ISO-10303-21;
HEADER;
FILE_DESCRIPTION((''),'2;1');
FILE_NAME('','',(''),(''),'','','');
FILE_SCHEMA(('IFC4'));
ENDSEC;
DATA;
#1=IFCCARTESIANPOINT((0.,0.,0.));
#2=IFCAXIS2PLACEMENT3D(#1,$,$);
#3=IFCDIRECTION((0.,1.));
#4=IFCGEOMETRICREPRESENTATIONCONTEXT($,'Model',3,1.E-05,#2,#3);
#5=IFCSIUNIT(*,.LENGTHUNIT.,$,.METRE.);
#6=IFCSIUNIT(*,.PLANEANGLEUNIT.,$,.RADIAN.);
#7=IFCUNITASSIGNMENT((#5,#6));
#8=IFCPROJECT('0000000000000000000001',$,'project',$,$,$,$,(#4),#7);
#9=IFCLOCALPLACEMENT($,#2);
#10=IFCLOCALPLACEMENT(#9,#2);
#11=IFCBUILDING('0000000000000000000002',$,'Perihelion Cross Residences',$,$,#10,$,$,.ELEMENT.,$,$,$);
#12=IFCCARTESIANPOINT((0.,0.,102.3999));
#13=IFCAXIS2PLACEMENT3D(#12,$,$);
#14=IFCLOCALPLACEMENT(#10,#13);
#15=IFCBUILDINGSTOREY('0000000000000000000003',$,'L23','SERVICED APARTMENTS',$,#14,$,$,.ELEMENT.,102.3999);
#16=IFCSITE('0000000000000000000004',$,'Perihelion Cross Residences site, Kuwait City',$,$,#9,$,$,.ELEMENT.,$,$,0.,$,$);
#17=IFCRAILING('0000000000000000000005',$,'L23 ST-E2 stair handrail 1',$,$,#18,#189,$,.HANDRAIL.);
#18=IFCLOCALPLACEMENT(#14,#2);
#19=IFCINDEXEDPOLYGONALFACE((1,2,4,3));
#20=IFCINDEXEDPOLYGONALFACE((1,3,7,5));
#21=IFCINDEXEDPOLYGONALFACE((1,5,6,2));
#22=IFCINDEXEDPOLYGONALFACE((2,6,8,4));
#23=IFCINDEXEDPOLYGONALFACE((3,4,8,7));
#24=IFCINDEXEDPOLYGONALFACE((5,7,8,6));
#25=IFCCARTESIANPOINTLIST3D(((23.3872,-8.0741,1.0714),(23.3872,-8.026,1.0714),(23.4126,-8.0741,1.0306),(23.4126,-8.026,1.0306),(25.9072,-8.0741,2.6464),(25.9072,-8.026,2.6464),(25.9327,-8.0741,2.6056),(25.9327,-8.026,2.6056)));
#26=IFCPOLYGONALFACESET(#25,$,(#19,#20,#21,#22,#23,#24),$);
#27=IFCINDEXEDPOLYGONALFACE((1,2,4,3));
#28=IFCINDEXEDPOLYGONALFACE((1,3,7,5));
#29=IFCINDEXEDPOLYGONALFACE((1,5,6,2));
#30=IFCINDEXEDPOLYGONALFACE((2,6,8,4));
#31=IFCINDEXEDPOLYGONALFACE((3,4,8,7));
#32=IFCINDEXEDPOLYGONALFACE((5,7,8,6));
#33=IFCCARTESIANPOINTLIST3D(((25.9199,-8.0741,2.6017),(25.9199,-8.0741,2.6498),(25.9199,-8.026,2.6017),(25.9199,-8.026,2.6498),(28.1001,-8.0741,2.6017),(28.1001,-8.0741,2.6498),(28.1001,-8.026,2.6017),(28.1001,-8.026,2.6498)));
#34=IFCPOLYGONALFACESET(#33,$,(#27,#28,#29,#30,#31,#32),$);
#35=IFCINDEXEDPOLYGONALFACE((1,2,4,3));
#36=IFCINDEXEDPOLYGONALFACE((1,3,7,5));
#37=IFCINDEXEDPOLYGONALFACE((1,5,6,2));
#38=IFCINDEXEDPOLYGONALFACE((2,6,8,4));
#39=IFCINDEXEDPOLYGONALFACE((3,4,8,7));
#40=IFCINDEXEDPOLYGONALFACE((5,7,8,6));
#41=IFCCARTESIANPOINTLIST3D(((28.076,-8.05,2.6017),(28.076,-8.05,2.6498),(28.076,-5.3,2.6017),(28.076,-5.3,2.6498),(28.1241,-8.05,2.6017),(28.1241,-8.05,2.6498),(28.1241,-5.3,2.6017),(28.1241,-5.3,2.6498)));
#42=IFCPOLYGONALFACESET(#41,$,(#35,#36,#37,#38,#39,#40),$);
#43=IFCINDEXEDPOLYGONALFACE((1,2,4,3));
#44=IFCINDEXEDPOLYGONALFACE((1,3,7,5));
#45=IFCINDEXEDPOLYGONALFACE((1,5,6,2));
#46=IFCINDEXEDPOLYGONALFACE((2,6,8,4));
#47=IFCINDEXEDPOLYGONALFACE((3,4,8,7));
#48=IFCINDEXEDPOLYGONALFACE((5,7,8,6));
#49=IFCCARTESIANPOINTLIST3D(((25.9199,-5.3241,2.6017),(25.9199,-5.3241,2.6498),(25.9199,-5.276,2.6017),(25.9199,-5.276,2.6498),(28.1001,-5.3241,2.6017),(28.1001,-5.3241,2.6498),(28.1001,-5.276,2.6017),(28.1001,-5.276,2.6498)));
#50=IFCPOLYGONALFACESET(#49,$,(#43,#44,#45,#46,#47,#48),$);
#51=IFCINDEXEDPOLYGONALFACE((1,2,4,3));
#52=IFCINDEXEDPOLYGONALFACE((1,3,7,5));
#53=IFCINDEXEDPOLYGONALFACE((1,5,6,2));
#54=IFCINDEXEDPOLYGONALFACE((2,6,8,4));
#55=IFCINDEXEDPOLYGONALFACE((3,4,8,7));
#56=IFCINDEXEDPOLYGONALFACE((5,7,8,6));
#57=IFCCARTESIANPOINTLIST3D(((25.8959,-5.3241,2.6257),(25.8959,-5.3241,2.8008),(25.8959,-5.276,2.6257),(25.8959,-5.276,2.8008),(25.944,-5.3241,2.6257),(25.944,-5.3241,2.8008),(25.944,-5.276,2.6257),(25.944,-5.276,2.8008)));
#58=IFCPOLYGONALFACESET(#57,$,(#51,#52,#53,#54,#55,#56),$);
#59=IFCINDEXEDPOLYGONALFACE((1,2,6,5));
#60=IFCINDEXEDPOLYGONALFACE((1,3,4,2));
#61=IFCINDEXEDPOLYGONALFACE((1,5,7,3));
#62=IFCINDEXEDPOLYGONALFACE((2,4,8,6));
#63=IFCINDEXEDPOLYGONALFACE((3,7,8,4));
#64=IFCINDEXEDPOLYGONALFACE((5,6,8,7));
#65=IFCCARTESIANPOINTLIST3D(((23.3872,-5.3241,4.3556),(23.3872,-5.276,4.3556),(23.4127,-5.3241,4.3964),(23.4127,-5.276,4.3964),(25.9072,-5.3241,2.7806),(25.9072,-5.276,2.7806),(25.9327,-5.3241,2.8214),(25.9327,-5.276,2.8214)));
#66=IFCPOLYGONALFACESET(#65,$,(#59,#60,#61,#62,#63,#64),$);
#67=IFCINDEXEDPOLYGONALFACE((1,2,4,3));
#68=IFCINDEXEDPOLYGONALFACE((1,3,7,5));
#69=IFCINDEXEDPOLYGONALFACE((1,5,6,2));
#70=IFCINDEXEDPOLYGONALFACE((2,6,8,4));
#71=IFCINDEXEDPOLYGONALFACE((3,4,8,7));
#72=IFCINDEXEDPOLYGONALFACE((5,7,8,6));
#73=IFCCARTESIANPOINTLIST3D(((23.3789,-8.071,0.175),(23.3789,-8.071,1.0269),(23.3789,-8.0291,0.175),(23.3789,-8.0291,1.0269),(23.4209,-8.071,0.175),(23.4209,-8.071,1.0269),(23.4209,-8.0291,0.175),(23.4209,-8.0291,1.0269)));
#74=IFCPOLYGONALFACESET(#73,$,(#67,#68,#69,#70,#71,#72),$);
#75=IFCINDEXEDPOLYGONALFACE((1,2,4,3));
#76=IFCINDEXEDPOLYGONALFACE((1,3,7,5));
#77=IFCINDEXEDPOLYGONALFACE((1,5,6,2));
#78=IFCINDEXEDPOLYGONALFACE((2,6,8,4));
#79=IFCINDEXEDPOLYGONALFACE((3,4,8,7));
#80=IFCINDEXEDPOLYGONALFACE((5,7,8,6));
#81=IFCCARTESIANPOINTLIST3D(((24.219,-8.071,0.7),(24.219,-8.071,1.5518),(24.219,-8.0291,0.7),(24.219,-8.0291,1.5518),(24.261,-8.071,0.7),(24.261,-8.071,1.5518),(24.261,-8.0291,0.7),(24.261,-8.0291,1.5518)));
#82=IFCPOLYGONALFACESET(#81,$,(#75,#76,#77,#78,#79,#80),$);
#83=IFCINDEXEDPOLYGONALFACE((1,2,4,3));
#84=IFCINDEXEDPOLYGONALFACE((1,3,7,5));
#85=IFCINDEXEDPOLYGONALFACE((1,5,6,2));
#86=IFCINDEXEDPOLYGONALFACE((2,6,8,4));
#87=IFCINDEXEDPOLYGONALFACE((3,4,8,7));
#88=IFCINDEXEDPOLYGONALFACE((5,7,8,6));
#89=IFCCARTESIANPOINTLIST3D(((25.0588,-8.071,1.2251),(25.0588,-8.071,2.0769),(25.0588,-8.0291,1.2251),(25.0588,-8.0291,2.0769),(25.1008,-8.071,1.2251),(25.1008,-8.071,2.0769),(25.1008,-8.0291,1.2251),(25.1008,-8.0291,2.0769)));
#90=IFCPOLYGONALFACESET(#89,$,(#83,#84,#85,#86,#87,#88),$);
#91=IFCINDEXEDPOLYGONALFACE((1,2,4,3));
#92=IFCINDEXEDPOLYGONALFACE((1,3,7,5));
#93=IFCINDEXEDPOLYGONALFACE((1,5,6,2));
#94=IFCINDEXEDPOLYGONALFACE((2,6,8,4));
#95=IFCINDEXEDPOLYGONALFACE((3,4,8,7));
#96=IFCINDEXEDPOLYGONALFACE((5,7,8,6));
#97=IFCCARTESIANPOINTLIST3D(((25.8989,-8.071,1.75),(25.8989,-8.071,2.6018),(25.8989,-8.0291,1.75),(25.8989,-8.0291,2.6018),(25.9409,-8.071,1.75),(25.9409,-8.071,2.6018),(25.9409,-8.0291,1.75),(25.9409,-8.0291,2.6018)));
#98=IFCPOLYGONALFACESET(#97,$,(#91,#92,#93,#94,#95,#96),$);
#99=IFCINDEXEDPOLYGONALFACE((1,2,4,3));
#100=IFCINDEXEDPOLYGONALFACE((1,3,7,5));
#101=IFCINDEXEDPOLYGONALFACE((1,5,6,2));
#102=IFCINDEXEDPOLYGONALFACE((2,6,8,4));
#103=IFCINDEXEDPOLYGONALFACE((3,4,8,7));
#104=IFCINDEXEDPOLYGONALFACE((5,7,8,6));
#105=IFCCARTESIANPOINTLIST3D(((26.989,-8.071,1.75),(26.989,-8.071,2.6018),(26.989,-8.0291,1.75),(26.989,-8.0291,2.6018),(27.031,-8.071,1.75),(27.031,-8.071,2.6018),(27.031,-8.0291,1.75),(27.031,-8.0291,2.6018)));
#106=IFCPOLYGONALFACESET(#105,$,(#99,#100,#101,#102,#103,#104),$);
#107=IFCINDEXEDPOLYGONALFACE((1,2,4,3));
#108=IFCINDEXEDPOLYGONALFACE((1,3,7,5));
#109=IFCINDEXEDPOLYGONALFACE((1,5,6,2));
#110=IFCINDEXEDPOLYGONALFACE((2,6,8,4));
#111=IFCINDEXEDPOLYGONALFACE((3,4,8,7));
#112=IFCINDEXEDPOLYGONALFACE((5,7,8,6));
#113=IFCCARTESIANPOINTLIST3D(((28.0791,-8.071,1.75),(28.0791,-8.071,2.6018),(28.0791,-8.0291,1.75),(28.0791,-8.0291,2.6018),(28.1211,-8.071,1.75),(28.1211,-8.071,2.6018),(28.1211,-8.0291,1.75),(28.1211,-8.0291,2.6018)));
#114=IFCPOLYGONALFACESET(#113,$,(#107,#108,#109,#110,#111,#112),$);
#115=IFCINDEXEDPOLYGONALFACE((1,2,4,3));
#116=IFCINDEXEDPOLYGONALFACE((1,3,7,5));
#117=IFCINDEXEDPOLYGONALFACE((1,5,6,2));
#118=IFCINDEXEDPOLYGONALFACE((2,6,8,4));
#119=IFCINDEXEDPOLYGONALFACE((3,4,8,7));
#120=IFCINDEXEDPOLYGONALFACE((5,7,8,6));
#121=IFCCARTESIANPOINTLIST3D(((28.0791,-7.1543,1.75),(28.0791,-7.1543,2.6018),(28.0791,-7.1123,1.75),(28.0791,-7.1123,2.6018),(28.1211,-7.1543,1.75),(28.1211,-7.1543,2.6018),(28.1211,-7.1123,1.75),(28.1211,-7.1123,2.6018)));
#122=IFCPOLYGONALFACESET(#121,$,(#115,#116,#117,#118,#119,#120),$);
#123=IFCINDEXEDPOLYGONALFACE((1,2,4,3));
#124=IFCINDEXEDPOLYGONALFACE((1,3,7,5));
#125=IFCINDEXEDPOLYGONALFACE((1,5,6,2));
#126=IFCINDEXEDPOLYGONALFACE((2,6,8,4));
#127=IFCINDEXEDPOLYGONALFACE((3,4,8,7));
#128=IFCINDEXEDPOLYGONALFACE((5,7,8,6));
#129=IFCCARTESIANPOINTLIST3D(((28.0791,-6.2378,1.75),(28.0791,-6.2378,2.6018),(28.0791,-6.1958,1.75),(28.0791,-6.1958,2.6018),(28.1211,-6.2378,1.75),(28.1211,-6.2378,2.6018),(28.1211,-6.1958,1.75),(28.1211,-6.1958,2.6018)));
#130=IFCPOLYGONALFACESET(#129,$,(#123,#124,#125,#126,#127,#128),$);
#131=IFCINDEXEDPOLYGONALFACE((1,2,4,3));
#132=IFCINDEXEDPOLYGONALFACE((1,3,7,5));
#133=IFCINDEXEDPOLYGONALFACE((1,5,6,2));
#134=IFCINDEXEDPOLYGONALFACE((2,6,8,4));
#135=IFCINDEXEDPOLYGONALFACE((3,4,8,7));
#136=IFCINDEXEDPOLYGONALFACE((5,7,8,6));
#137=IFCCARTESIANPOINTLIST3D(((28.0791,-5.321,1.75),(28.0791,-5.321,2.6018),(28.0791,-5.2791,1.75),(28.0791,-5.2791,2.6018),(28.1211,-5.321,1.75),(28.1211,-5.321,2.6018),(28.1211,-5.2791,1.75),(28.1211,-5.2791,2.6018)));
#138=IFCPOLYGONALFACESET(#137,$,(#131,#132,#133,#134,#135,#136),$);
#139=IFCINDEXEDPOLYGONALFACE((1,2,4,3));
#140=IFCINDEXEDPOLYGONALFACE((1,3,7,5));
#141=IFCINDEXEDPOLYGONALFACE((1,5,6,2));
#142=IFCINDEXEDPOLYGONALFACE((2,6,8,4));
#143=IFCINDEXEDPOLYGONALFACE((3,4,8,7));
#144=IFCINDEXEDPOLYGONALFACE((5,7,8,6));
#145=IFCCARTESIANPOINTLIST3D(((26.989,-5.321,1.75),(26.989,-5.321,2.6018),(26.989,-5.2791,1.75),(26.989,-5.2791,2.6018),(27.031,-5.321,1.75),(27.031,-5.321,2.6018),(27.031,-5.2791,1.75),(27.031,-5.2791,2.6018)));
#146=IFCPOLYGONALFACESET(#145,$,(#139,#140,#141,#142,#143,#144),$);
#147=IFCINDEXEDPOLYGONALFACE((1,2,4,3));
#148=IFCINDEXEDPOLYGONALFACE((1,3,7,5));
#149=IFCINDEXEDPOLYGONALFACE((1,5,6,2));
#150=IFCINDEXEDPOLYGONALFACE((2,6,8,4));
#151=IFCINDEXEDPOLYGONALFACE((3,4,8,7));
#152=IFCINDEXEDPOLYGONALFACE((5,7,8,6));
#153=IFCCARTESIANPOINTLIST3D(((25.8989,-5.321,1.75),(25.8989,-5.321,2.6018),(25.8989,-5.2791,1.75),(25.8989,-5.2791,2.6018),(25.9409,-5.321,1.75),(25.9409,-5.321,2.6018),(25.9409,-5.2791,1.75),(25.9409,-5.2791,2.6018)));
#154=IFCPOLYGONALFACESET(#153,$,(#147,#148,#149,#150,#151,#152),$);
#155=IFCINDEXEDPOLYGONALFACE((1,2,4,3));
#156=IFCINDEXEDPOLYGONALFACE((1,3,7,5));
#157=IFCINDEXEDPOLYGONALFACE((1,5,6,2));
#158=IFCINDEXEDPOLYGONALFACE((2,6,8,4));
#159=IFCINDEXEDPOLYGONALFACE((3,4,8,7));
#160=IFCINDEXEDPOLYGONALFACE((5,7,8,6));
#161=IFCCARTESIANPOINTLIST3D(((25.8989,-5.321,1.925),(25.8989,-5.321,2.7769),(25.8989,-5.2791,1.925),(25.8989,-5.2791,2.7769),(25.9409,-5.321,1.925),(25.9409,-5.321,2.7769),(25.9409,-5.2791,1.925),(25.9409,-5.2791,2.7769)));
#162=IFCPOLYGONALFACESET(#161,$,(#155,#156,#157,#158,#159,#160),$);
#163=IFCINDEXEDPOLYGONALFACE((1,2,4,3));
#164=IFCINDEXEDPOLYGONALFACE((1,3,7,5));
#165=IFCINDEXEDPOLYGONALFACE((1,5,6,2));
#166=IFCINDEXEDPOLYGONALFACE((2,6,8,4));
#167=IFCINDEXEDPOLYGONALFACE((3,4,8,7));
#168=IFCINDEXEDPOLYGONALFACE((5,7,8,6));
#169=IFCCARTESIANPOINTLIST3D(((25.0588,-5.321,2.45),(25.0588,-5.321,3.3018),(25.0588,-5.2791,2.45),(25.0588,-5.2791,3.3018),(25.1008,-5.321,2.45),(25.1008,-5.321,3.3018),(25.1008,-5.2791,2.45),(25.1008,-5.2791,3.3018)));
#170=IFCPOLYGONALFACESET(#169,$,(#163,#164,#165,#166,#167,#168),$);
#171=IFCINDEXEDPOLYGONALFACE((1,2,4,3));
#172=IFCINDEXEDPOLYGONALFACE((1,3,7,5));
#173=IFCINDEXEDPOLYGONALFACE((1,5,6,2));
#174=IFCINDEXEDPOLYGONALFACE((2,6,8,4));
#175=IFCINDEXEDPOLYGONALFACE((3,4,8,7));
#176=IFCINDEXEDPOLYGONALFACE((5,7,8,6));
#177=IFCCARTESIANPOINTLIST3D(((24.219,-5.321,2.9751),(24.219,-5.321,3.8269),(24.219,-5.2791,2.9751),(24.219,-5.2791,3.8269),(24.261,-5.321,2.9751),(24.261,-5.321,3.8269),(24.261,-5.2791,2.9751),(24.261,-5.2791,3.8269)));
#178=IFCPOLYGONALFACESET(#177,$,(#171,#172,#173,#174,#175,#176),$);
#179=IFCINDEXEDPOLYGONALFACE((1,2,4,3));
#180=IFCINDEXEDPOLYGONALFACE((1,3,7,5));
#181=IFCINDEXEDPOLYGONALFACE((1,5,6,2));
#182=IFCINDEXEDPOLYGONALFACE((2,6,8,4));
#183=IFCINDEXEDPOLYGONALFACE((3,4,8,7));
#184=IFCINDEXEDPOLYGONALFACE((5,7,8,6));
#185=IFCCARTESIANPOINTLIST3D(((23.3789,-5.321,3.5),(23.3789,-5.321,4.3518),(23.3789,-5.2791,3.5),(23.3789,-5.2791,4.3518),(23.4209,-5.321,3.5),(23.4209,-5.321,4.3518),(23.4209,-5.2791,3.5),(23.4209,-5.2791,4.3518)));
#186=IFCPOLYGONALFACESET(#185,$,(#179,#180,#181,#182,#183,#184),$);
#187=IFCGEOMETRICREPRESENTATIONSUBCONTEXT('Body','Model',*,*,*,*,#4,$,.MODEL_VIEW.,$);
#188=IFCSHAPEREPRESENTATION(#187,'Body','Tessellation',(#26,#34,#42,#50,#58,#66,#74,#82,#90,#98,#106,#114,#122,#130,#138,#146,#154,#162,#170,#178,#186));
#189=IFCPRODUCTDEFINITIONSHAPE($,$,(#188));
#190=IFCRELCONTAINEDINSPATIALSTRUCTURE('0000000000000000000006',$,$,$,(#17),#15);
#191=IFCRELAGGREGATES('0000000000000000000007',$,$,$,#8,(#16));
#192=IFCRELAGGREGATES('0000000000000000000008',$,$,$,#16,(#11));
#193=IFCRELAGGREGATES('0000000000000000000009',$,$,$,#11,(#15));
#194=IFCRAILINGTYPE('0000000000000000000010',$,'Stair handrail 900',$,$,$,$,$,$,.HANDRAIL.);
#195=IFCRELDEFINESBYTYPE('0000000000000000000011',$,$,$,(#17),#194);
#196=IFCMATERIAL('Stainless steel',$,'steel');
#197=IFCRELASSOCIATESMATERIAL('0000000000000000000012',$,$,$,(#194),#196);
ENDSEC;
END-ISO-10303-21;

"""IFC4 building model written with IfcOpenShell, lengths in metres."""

from ifc_helpers import new_model, si_unit, direction, frame, origin, origin_2d, place, context, subcontext, project, spatial, rectangle, extrude, material, type_object, element, save


model = new_model("IFC4")

# Units and contexts
model_context = context("Model", 3, precision=1e-05, world=origin(), true_north=direction((0.0, 1.0)))
body_context = subcontext(model_context, "Body", "Model", "MODEL_VIEW")
ifc_project = project(units=[si_unit("LENGTHUNIT", "METRE"), si_unit("PLANEANGLEUNIT", "RADIAN")], contexts=[model_context])

# Site, building, storey
site_placement = place(None, origin())
site = spatial("IfcSite", under=ifc_project, at=site_placement, Name="Perihelion Cross Residences site, Kuwait City", CompositionType="ELEMENT", RefElevation=0.0)
building_placement = place(site_placement, origin())
building = spatial("IfcBuilding", under=site, at=building_placement, Name="Perihelion Cross Residences", CompositionType="ELEMENT")
storey_placement = place(building_placement, frame((0.0, 0.0, 102.3999)))
storey = spatial("IfcBuildingStorey", under=building, at=storey_placement, Name="L23", Description="SERVICED APARTMENTS", CompositionType="ELEMENT", Elevation=102.3999)

# Railing
ifc_material_1 = material(Name="Stainless steel", Category="steel")
railing_type_1 = type_object("IfcRailingType", Name="Stair handrail 900", PredefinedType="HANDRAIL", material=ifc_material_1)
railing_1_placement = place(storey_placement, frame((23.3999, -8.05, 0.175)))
element("IfcRailing", 1, at=railing_1_placement, inside=storey, type_object=railing_type_1, Name="L23 ST-E2 stair handrail 1", PredefinedType="HANDRAIL", context=body_context, shape_type="SweptSolid", body=[
    extrude(rectangle(XDim=0.0481, YDim=0.0481, at=origin_2d()), frame((0.0, 0.0, 0.876), z_axis=(0.848008, 0.0, 0.529984), x_axis=(0.0, 1.0, 0.0)), (0.0, 0.0, 1.0), 2.9717),
    extrude(rectangle(XDim=0.0481, YDim=0.0481, at=origin_2d()), frame((2.52, 0.0, 2.4507), z_axis=(1.0, 0.0, 0.0), x_axis=(0.0, 1.0, 0.0)), (0.0, 0.0, 1.0), 2.1802),
    extrude(rectangle(XDim=0.0481, YDim=0.0481, at=origin_2d()), frame((4.7002, 0.0, 2.4507), z_axis=(0.0, 1.0, 0.0), x_axis=(-1.0, 0.0, 0.0)), (0.0, 0.0, 1.0), 2.75),
    extrude(rectangle(XDim=0.0481, YDim=0.0481, at=origin_2d()), frame((4.7002, 2.75, 2.4507), z_axis=(-1.0, 0.0, 0.0), x_axis=(0.0, -1.0, 0.0)), (0.0, 0.0, 1.0), 2.1802),
    extrude(rectangle(XDim=0.0481, YDim=0.0481, at=origin_2d()), frame((2.52, 2.75, 2.4507), z_axis=(0.0, 0.0, 1.0), x_axis=(1.0, 0.0, 0.0)), (0.0, 0.0, 1.0), 0.175),
    extrude(rectangle(XDim=0.0481, YDim=0.0481, at=origin_2d()), frame((2.52, 2.75, 2.626), z_axis=(-0.848008, 0.0, 0.529984), x_axis=(0.0, -1.0, 0.0)), (0.0, 0.0, 1.0), 2.9717),
    extrude(rectangle(XDim=0.042, YDim=0.042, at=origin_2d()), origin(), (0.0, 0.0, 1.0), 0.8518),
    extrude(rectangle(XDim=0.042, YDim=0.042, at=origin_2d()), frame((0.8401, 0.0, 0.5249)), (0.0, 0.0, 1.0), 0.8518),
    extrude(rectangle(XDim=0.042, YDim=0.042, at=origin_2d()), frame((1.6799, 0.0, 1.05)), (0.0, 0.0, 1.0), 0.8518),
    extrude(rectangle(XDim=0.042, YDim=0.042, at=origin_2d()), frame((2.52, 0.0, 1.575)), (0.0, 0.0, 1.0), 0.8518),
    extrude(rectangle(XDim=0.042, YDim=0.042, at=origin_2d()), frame((3.6101, 0.0, 1.575)), (0.0, 0.0, 1.0), 0.8518),
    extrude(rectangle(XDim=0.042, YDim=0.042, at=origin_2d()), frame((4.7002, 0.0, 1.575)), (0.0, 0.0, 1.0), 0.8518),
    extrude(rectangle(XDim=0.042, YDim=0.042, at=origin_2d()), frame((4.7002, 0.9167, 1.575)), (0.0, 0.0, 1.0), 0.8518),
    extrude(rectangle(XDim=0.042, YDim=0.042, at=origin_2d()), frame((4.7002, 1.8333, 1.575)), (0.0, 0.0, 1.0), 0.8518),
    extrude(rectangle(XDim=0.042, YDim=0.042, at=origin_2d()), frame((4.7002, 2.75, 1.575)), (0.0, 0.0, 1.0), 0.8518),
    extrude(rectangle(XDim=0.042, YDim=0.042, at=origin_2d()), frame((3.6101, 2.75, 1.575)), (0.0, 0.0, 1.0), 0.8518),
    extrude(rectangle(XDim=0.042, YDim=0.042, at=origin_2d()), frame((2.52, 2.75, 1.575)), (0.0, 0.0, 1.0), 0.8518),
    extrude(rectangle(XDim=0.042, YDim=0.042, at=origin_2d()), frame((2.52, 2.75, 1.75)), (0.0, 0.0, 1.0), 0.8518),
    extrude(rectangle(XDim=0.042, YDim=0.042, at=origin_2d()), frame((1.6799, 2.75, 2.2749)), (0.0, 0.0, 1.0), 0.8518),
    extrude(rectangle(XDim=0.042, YDim=0.042, at=origin_2d()), frame((0.8401, 2.75, 2.8)), (0.0, 0.0, 1.0), 0.8518),
    extrude(rectangle(XDim=0.042, YDim=0.042, at=origin_2d()), frame((0.0, 2.75, 3.325)), (0.0, 0.0, 1.0), 0.8518),
])

save(model, "model.ifc")
